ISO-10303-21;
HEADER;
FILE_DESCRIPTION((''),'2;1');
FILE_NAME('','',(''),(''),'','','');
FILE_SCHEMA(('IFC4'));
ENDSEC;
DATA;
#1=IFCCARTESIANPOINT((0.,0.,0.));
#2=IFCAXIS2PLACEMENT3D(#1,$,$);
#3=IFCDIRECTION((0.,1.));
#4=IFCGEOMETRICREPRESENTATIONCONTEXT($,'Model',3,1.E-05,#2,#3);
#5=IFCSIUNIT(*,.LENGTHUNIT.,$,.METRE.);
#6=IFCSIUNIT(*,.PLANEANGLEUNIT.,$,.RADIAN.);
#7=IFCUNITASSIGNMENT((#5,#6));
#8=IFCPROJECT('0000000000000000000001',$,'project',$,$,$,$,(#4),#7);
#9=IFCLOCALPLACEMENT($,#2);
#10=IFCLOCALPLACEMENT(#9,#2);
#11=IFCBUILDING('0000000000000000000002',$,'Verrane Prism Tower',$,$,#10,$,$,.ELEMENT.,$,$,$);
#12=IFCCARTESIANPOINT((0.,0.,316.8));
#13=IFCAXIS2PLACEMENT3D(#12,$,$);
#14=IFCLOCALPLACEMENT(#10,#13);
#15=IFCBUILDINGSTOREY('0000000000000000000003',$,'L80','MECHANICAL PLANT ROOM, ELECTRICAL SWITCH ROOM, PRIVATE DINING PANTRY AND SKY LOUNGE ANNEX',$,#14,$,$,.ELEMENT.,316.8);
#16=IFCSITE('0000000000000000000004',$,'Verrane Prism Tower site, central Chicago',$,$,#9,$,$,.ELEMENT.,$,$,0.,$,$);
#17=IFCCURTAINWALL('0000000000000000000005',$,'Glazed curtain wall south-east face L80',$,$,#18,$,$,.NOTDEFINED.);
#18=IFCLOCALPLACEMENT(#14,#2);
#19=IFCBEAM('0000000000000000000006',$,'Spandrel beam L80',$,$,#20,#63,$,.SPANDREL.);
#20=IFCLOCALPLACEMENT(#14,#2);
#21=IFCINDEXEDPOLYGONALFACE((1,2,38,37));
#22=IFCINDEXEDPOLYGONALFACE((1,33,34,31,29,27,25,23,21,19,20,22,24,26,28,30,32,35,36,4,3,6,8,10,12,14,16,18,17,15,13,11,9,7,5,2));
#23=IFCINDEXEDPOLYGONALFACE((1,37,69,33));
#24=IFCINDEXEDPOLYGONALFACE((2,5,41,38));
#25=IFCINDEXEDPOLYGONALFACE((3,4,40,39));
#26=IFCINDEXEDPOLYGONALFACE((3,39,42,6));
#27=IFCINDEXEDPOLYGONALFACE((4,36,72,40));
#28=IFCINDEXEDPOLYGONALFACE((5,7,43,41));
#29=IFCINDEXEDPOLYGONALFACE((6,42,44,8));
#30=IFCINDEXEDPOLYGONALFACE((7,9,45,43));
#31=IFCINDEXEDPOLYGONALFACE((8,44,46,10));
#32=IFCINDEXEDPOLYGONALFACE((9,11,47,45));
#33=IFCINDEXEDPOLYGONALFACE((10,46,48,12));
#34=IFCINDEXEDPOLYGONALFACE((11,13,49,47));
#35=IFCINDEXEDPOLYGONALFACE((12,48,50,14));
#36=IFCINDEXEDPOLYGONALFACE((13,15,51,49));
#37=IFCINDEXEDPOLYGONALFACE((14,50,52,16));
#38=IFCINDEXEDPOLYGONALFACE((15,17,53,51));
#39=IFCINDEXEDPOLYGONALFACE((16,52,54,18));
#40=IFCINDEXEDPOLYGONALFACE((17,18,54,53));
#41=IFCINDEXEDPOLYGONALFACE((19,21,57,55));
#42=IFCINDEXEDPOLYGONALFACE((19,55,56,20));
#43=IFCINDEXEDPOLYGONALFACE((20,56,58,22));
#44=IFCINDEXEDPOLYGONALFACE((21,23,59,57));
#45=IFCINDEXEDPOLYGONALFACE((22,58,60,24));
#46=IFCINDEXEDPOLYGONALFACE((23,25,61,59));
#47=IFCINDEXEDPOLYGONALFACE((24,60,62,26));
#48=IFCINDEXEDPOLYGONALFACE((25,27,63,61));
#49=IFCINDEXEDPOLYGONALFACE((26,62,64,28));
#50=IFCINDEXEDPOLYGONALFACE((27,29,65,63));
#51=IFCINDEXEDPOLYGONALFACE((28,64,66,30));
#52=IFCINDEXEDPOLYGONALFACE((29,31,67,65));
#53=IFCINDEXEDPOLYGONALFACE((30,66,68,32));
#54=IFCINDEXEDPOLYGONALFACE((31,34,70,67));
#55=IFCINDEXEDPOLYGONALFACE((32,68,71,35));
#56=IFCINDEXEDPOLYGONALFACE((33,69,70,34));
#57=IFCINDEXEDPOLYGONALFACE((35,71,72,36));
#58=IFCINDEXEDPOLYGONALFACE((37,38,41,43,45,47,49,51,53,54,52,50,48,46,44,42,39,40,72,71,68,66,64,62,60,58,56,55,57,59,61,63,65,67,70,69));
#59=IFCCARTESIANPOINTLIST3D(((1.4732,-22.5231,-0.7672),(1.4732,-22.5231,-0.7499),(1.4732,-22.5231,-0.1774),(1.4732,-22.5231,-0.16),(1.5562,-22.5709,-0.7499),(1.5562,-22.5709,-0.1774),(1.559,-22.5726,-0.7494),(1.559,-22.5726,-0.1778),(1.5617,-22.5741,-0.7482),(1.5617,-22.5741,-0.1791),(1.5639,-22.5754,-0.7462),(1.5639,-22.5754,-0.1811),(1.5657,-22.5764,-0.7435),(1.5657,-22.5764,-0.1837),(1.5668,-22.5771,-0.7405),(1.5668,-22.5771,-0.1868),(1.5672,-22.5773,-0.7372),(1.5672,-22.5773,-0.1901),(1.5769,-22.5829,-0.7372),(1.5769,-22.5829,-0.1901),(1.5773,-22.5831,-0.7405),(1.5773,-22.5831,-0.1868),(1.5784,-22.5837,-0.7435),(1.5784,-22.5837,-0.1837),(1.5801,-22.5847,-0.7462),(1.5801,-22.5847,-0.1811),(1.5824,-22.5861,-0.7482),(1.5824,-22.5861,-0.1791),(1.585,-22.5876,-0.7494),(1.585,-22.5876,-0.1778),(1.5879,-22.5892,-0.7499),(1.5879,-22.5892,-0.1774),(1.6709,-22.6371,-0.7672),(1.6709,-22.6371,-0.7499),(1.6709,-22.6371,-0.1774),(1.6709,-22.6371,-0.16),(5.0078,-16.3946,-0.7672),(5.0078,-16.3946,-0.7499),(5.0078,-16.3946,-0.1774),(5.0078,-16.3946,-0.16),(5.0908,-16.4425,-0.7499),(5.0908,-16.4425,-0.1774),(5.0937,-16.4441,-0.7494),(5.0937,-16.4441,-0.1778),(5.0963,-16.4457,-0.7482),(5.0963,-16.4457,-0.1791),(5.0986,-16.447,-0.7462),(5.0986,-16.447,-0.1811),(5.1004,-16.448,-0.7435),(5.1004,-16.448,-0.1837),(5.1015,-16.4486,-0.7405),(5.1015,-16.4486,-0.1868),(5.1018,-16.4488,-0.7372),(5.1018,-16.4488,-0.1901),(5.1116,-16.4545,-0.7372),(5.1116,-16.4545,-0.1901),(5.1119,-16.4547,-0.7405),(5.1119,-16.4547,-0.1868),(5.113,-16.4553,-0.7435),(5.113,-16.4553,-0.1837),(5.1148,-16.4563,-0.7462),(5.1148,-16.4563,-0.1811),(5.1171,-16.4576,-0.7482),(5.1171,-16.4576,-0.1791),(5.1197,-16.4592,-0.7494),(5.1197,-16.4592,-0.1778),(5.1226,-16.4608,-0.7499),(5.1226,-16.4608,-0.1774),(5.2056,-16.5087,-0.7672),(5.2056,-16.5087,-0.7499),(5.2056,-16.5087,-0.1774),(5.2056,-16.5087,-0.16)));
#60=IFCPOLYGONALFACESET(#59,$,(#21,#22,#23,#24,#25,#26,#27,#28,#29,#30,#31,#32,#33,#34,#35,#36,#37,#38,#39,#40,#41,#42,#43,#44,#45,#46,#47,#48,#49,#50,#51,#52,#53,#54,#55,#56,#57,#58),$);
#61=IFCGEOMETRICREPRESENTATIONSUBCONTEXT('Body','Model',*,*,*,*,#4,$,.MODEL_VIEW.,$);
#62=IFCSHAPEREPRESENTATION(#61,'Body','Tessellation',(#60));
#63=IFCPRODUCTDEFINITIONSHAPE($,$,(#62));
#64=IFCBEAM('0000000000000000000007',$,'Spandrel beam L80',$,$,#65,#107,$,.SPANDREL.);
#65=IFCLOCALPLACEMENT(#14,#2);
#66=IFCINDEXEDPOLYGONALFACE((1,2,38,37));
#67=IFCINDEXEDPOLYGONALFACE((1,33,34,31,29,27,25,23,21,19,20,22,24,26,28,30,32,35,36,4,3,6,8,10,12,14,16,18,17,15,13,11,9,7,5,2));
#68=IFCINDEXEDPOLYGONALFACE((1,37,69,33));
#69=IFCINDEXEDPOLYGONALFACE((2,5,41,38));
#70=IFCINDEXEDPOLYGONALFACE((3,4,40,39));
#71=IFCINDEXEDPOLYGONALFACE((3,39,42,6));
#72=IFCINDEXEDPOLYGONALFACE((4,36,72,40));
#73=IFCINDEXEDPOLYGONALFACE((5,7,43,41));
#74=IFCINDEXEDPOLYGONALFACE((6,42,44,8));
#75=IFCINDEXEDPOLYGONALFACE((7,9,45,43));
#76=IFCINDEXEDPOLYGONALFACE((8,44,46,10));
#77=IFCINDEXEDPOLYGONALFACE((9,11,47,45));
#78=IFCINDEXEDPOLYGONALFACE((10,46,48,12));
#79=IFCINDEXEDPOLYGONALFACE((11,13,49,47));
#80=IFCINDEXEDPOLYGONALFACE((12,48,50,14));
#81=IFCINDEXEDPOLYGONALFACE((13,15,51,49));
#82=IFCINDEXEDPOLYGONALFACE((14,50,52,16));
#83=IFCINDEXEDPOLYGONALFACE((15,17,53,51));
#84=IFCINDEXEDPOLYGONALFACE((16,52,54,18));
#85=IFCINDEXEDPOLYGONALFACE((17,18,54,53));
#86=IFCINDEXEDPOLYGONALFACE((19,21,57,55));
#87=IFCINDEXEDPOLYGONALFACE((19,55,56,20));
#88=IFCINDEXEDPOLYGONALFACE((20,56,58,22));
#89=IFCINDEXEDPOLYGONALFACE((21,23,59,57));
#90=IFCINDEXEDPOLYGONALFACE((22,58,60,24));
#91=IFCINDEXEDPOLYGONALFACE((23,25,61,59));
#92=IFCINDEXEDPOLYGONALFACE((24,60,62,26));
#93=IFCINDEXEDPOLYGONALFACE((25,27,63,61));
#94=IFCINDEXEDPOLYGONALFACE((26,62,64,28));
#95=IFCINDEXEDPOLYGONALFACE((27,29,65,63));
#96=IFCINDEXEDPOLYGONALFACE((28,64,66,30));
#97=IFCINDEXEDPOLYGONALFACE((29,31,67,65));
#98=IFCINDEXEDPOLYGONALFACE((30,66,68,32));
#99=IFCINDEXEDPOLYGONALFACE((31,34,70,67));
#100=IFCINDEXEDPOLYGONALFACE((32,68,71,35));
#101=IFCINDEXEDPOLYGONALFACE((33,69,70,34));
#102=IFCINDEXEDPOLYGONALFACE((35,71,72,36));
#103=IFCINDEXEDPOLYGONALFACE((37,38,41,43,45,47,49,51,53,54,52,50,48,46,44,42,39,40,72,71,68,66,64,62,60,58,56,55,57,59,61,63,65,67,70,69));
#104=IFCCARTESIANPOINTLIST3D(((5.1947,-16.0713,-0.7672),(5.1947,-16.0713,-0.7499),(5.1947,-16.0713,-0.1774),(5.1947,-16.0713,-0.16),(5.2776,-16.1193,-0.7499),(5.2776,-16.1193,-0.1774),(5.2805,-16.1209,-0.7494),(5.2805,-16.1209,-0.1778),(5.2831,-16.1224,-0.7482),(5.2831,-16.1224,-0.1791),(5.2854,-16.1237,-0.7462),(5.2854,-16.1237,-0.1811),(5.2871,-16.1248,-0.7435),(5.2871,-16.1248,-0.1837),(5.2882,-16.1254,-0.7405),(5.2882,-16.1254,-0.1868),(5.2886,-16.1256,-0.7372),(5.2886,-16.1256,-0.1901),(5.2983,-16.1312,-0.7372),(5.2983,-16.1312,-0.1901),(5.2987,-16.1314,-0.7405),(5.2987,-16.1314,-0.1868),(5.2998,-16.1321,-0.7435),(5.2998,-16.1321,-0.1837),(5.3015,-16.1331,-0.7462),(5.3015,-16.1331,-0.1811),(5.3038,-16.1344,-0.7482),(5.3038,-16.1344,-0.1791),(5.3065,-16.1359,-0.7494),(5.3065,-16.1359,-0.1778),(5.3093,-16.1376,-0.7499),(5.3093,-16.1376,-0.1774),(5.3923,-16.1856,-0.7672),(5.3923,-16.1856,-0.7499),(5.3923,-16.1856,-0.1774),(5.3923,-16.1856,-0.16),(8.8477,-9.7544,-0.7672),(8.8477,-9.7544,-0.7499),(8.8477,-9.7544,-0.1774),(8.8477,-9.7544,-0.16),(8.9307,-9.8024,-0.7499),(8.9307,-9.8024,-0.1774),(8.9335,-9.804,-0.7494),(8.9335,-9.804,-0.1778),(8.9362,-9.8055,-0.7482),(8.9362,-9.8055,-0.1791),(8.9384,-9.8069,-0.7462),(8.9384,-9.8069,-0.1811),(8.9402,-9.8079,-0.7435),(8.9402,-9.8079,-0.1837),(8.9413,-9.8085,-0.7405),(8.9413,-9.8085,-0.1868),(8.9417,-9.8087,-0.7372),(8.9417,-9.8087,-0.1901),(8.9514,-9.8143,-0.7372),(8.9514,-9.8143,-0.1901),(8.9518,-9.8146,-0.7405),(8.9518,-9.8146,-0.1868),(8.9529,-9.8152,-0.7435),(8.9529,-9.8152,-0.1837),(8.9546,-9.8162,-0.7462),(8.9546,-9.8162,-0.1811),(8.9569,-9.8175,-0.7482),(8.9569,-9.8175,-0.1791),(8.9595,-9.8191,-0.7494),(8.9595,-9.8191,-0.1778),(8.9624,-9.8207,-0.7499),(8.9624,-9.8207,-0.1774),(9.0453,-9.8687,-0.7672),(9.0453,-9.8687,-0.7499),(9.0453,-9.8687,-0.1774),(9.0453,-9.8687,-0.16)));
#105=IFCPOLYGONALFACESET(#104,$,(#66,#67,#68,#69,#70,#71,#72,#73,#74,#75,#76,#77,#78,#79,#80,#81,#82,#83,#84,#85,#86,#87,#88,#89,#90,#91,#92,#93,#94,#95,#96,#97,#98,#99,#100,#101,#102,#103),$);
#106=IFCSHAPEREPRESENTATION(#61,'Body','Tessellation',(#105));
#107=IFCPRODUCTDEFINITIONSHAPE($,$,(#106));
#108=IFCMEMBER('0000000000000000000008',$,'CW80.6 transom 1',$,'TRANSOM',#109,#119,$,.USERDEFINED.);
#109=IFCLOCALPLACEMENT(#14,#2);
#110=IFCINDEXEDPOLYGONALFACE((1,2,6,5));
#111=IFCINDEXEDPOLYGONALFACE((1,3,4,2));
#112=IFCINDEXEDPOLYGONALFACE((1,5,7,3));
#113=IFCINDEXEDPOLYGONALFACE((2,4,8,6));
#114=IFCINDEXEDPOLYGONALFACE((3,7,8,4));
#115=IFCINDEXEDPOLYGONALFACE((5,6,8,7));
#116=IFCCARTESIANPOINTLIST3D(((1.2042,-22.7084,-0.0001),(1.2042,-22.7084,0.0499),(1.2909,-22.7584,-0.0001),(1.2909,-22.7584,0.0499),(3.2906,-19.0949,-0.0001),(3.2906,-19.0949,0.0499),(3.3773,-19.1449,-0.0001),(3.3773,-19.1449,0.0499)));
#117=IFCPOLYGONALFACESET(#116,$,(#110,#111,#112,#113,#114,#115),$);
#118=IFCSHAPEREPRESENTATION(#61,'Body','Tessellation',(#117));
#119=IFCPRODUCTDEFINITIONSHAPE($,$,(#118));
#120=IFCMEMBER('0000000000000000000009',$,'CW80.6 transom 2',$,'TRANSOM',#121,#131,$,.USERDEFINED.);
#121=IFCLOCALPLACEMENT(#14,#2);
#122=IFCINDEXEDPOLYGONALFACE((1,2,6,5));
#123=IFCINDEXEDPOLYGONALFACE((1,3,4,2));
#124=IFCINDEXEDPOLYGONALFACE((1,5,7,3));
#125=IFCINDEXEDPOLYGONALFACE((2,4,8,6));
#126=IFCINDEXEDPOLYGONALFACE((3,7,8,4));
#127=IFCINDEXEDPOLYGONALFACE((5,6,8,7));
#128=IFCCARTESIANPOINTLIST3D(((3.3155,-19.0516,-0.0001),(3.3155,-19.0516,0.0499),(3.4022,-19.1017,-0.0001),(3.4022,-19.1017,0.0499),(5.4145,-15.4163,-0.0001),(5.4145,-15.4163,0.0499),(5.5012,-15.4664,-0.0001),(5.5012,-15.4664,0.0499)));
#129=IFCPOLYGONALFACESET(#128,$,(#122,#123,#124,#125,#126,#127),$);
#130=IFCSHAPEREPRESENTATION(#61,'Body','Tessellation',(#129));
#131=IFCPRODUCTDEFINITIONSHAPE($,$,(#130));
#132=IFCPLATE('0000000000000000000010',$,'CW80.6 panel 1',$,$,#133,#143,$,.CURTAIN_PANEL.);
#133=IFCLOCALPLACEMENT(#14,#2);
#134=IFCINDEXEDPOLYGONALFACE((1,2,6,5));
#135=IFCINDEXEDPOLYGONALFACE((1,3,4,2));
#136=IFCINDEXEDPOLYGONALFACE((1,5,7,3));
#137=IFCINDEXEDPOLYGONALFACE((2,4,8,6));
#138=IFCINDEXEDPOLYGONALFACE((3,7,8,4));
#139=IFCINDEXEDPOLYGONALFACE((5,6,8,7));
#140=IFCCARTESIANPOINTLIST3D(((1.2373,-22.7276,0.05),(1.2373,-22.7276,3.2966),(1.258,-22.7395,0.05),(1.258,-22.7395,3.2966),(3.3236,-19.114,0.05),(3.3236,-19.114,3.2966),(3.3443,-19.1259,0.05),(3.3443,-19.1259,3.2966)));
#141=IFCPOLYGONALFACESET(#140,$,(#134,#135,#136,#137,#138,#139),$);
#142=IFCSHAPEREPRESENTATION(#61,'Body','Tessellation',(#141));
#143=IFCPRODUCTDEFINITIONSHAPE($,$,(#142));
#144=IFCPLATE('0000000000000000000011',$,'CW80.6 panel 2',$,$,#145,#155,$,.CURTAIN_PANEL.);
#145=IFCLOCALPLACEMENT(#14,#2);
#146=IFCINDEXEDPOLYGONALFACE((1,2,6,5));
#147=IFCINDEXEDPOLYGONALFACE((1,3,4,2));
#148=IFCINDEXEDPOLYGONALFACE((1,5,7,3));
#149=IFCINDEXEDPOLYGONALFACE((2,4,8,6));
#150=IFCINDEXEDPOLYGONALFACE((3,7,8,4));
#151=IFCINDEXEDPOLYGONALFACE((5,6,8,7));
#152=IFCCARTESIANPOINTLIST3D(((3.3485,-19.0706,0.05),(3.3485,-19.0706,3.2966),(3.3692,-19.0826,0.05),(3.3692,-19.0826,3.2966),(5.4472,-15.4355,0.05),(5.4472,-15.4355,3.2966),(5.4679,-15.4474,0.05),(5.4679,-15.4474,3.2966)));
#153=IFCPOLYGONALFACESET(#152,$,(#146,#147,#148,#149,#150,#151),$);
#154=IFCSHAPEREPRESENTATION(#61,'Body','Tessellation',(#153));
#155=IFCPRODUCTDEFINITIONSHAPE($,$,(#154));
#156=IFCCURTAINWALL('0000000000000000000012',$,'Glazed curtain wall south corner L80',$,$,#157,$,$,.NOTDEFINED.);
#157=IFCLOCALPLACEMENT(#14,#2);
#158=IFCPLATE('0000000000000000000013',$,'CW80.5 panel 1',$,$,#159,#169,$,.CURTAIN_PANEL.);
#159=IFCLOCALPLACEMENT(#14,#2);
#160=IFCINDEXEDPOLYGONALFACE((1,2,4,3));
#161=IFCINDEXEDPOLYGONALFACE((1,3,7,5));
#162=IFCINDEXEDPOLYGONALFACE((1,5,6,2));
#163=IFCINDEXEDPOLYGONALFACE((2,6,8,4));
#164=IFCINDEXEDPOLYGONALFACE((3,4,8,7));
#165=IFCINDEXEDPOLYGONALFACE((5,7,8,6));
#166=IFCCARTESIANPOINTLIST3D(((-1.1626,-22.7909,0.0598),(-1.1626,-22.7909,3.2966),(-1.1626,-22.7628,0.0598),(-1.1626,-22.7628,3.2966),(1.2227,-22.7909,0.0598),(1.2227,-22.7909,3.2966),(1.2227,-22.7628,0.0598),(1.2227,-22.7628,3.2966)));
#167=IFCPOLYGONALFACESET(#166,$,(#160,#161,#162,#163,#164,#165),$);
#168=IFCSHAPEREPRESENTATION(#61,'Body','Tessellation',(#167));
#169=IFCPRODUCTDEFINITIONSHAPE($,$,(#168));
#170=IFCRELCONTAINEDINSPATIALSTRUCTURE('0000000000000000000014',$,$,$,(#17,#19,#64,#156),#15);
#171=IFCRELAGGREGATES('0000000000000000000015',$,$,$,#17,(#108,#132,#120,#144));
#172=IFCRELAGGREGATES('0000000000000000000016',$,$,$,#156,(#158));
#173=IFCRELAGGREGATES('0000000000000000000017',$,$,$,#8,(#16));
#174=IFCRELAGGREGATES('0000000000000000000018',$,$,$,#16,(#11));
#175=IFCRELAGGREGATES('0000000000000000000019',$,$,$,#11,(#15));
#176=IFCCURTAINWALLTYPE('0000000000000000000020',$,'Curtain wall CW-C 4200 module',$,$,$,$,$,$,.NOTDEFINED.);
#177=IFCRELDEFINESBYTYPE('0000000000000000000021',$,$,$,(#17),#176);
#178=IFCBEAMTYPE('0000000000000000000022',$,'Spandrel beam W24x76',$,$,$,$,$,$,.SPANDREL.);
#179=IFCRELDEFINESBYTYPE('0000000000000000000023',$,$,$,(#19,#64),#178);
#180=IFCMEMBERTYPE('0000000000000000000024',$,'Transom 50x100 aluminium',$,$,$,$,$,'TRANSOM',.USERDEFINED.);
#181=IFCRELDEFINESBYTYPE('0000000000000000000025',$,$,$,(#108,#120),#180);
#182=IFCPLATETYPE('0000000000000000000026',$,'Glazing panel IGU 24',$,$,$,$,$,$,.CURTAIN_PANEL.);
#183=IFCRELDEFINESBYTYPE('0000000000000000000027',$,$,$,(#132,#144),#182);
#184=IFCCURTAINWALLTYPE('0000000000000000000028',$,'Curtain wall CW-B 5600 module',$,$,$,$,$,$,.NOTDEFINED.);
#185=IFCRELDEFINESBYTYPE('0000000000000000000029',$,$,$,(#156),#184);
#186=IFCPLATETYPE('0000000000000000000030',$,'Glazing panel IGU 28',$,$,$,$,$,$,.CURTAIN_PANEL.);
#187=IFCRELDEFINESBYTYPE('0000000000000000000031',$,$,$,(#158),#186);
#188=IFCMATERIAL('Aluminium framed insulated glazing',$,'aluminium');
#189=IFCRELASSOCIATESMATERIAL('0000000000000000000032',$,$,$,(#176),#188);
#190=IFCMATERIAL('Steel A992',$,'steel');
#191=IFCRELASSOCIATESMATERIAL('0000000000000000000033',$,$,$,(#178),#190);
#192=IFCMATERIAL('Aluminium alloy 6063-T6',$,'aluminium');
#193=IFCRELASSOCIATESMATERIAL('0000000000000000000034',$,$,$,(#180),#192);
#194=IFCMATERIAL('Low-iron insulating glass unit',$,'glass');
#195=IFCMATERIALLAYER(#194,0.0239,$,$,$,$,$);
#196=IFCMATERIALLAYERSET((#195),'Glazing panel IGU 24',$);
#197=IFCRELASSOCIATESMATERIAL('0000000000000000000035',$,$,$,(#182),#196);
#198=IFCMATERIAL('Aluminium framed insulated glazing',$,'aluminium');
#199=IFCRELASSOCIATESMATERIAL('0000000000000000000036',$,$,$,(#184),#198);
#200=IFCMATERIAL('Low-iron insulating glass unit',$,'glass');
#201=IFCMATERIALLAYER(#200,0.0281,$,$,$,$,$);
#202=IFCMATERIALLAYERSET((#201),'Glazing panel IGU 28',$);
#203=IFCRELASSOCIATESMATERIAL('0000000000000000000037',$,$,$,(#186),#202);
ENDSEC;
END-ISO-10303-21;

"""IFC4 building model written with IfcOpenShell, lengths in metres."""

from ifc_helpers import new_model, si_unit, direction, frame, origin, origin_2d, place, context, subcontext, project, spatial, rectangle, i_section, extrude, material, layer, layer_set, material_profile, profile_set, type_object, element, aggregate, save


model = new_model("IFC4")

# Units and contexts
model_context = context("Model", 3, precision=1e-05, world=origin(), true_north=direction((0.0, 1.0)))
body_context = subcontext(model_context, "Body", "Model", "MODEL_VIEW")
ifc_project = project(units=[si_unit("LENGTHUNIT", "METRE"), si_unit("PLANEANGLEUNIT", "RADIAN")], contexts=[model_context])

# Site, building, storey
site_placement = place(None, origin())
site = spatial("IfcSite", under=ifc_project, at=site_placement, Name="Verrane Prism Tower site, central Chicago", CompositionType="ELEMENT", RefElevation=0.0)
building_placement = place(site_placement, origin())
building = spatial("IfcBuilding", under=site, at=building_placement, Name="Verrane Prism Tower", CompositionType="ELEMENT")
storey_placement = place(building_placement, frame((0.0, 0.0, 316.8)))
storey = spatial("IfcBuildingStorey", under=building, at=storey_placement, Name="L80", Description="MECHANICAL PLANT ROOM, ELECTRICAL SWITCH ROOM, PRIVATE DINING PANTRY AND SKY LOUNGE ANNEX", CompositionType="ELEMENT", Elevation=316.8)

# Curtain wall
ifc_material_1 = material(Name="Aluminium framed insulated glazing", Category="aluminium")
curtain_wall_type_1 = type_object("IfcCurtainWallType", Name="Curtain wall CW-C 4200 module", PredefinedType="NOTDEFINED", material=ifc_material_1)
curtain_wall_1_placement = place(storey_placement, origin())
curtain_wall_1 = element("IfcCurtainWall", 1, at=curtain_wall_1_placement, inside=storey, type_object=curtain_wall_type_1, Name="Glazed curtain wall south-east face L80", PredefinedType="NOTDEFINED")

# Beams
ifc_material_2 = material(Name="Steel A992", Category="steel")
ifc_material_profile_1 = material_profile(ifc_material_2, i_section(OverallWidth=0.2283, OverallDepth=0.6072, WebThickness=0.0112, FlangeThickness=0.0173, FilletRadius=0.0127, at=origin_2d()), Name="W24x76")
ifc_profile_set_1 = profile_set([ifc_material_profile_1], Name="Steel A992")
beam_type_1 = type_object("IfcBeamType", Name="Spandrel beam W24x76", PredefinedType="SPANDREL", material=ifc_profile_set_1)
beam_1_placement = place(storey_placement, frame((1.572, -22.5801, -0.4636), z_axis=(0.499621, 0.866244, 0.0), x_axis=(-0.866244, 0.499621, 0.0)))
element("IfcBeam", 2, at=beam_1_placement, inside=storey, type_object=beam_type_1, Name="Spandrel beam L80", PredefinedType="SPANDREL", context=body_context, shape_type="SweptSolid", body=[
    extrude(i_section(OverallWidth=0.2283, OverallDepth=0.6072, WebThickness=0.0112, FlangeThickness=0.0173, FilletRadius=0.0127, at=origin_2d()), origin(), (0.0, 0.0, 1.0), 7.0747),
])
beam_2_placement = place(storey_placement, frame((5.2935, -16.1284, -0.4636), z_axis=(0.500618, 0.865668, 0.0), x_axis=(-0.865668, 0.500618, 0.0)))
element("IfcBeam", 3, at=beam_2_placement, inside=storey, type_object=beam_type_1, Name="Spandrel beam L80", PredefinedType="SPANDREL", context=body_context, shape_type="SweptSolid", body=[
    extrude(i_section(OverallWidth=0.2283, OverallDepth=0.6072, WebThickness=0.0112, FlangeThickness=0.0173, FilletRadius=0.0127, at=origin_2d()), origin(), (0.0, 0.0, 1.0), 7.2971),
])

# Members
ifc_material_3 = material(Name="Aluminium alloy 6063-T6", Category="aluminium")
ifc_material_profile_2 = material_profile(ifc_material_3, rectangle(XDim=0.1001, YDim=0.05, at=origin_2d()), Name="Transom 50x100 aluminium")
ifc_profile_set_2 = profile_set([ifc_material_profile_2], Name="Aluminium alloy 6063-T6")
member_type_1 = type_object("IfcMemberType", Name="Transom 50x100 aluminium", ElementType="TRANSOM", PredefinedType="USERDEFINED", material=ifc_profile_set_2)
member_1_placement = place(storey_placement, frame((1.2476, -22.7334, 0.0249), z_axis=(0.500028, 0.866009, 0.0), x_axis=(-0.866009, 0.500028, 0.0)))
member_1 = element("IfcMember", 4, at=member_1_placement, type_object=member_type_1, Name="CW80.6 transom 1", ObjectType="TRANSOM", PredefinedType="USERDEFINED", context=body_context, shape_type="SweptSolid", body=[
    extrude(rectangle(XDim=0.1001, YDim=0.05, at=origin_2d()), origin(), (0.0, 0.0, 1.0), 4.1726),
])
member_2_placement = place(storey_placement, frame((3.3589, -19.0767, 0.0249), z_axis=(0.500011, 0.866019, 0.0), x_axis=(-0.866019, 0.500011, 0.0)))
member_2 = element("IfcMember", 5, at=member_2_placement, type_object=member_type_1, Name="CW80.6 transom 2", ObjectType="TRANSOM", PredefinedType="USERDEFINED", context=body_context, shape_type="SweptSolid", body=[
    extrude(rectangle(XDim=0.1001, YDim=0.05, at=origin_2d()), origin(), (0.0, 0.0, 1.0), 4.1978),
])

# Plates
ifc_material_4 = material(Name="Low-iron insulating glass unit", Category="glass")
ifc_layer_1 = layer(ifc_material_4, 0.0239)
ifc_layer_set_1 = layer_set([ifc_layer_1], Name="Glazing panel IGU 24")
plate_type_1 = type_object("IfcPlateType", Name="Glazing panel IGU 24", PredefinedType="CURTAIN_PANEL", material=ifc_layer_set_1)
plate_1_placement = place(storey_placement, frame((2.2908, -20.9268, 0.05), z_axis=(0.0, 0.0, 1.0), x_axis=(0.5, 0.866025, 0.0)))
plate_1 = element("IfcPlate", 6, at=plate_1_placement, type_object=plate_type_1, Name="CW80.6 panel 1", PredefinedType="CURTAIN_PANEL", context=body_context, shape_type="SweptSolid", body=[
    extrude(rectangle(XDim=4.1726, YDim=0.0239, at=origin_2d()), origin(), (0.0, 0.0, 1.0), 3.2466),
])
plate_2_placement = place(storey_placement, frame((4.4082, -17.259, 0.05), z_axis=(0.0, 0.0, 1.0), x_axis=(0.5, 0.866025, 0.0)))
plate_2 = element("IfcPlate", 7, at=plate_2_placement, type_object=plate_type_1, Name="CW80.6 panel 2", PredefinedType="CURTAIN_PANEL", context=body_context, shape_type="SweptSolid", body=[
    extrude(rectangle(XDim=4.1975, YDim=0.0239, at=origin_2d()), origin(), (0.0, 0.0, 1.0), 3.2466),
])
aggregate(curtain_wall_1, [member_1, plate_1, member_2, plate_2])

# Curtain wall, plate
ifc_material_5 = material(Name="Aluminium framed insulated glazing", Category="aluminium")
curtain_wall_type_2 = type_object("IfcCurtainWallType", Name="Curtain wall CW-B 5600 module", PredefinedType="NOTDEFINED", material=ifc_material_5)
curtain_wall_2_placement = place(storey_placement, origin())
curtain_wall_2 = element("IfcCurtainWall", 8, at=curtain_wall_2_placement, inside=storey, type_object=curtain_wall_type_2, Name="Glazed curtain wall south corner L80", PredefinedType="NOTDEFINED")
ifc_material_6 = material(Name="Low-iron insulating glass unit", Category="glass")
ifc_layer_2 = layer(ifc_material_6, 0.0281)
ifc_layer_set_2 = layer_set([ifc_layer_2], Name="Glazing panel IGU 28")
plate_type_2 = type_object("IfcPlateType", Name="Glazing panel IGU 28", PredefinedType="CURTAIN_PANEL", material=ifc_layer_set_2)
plate_3_placement = place(storey_placement, frame((0.03, -22.7769, 0.0598), z_axis=(0.0, 0.0, 1.0), x_axis=(1.0, 0.0, 0.0)))
plate_3 = element("IfcPlate", 9, at=plate_3_placement, type_object=plate_type_2, Name="CW80.5 panel 1", PredefinedType="CURTAIN_PANEL", context=body_context, shape_type="SweptSolid", body=[
    extrude(rectangle(XDim=2.3853, YDim=0.0281, at=origin_2d()), origin(), (0.0, 0.0, 1.0), 3.2368),
])
aggregate(curtain_wall_2, [plate_3])

save(model, "model.ifc")
